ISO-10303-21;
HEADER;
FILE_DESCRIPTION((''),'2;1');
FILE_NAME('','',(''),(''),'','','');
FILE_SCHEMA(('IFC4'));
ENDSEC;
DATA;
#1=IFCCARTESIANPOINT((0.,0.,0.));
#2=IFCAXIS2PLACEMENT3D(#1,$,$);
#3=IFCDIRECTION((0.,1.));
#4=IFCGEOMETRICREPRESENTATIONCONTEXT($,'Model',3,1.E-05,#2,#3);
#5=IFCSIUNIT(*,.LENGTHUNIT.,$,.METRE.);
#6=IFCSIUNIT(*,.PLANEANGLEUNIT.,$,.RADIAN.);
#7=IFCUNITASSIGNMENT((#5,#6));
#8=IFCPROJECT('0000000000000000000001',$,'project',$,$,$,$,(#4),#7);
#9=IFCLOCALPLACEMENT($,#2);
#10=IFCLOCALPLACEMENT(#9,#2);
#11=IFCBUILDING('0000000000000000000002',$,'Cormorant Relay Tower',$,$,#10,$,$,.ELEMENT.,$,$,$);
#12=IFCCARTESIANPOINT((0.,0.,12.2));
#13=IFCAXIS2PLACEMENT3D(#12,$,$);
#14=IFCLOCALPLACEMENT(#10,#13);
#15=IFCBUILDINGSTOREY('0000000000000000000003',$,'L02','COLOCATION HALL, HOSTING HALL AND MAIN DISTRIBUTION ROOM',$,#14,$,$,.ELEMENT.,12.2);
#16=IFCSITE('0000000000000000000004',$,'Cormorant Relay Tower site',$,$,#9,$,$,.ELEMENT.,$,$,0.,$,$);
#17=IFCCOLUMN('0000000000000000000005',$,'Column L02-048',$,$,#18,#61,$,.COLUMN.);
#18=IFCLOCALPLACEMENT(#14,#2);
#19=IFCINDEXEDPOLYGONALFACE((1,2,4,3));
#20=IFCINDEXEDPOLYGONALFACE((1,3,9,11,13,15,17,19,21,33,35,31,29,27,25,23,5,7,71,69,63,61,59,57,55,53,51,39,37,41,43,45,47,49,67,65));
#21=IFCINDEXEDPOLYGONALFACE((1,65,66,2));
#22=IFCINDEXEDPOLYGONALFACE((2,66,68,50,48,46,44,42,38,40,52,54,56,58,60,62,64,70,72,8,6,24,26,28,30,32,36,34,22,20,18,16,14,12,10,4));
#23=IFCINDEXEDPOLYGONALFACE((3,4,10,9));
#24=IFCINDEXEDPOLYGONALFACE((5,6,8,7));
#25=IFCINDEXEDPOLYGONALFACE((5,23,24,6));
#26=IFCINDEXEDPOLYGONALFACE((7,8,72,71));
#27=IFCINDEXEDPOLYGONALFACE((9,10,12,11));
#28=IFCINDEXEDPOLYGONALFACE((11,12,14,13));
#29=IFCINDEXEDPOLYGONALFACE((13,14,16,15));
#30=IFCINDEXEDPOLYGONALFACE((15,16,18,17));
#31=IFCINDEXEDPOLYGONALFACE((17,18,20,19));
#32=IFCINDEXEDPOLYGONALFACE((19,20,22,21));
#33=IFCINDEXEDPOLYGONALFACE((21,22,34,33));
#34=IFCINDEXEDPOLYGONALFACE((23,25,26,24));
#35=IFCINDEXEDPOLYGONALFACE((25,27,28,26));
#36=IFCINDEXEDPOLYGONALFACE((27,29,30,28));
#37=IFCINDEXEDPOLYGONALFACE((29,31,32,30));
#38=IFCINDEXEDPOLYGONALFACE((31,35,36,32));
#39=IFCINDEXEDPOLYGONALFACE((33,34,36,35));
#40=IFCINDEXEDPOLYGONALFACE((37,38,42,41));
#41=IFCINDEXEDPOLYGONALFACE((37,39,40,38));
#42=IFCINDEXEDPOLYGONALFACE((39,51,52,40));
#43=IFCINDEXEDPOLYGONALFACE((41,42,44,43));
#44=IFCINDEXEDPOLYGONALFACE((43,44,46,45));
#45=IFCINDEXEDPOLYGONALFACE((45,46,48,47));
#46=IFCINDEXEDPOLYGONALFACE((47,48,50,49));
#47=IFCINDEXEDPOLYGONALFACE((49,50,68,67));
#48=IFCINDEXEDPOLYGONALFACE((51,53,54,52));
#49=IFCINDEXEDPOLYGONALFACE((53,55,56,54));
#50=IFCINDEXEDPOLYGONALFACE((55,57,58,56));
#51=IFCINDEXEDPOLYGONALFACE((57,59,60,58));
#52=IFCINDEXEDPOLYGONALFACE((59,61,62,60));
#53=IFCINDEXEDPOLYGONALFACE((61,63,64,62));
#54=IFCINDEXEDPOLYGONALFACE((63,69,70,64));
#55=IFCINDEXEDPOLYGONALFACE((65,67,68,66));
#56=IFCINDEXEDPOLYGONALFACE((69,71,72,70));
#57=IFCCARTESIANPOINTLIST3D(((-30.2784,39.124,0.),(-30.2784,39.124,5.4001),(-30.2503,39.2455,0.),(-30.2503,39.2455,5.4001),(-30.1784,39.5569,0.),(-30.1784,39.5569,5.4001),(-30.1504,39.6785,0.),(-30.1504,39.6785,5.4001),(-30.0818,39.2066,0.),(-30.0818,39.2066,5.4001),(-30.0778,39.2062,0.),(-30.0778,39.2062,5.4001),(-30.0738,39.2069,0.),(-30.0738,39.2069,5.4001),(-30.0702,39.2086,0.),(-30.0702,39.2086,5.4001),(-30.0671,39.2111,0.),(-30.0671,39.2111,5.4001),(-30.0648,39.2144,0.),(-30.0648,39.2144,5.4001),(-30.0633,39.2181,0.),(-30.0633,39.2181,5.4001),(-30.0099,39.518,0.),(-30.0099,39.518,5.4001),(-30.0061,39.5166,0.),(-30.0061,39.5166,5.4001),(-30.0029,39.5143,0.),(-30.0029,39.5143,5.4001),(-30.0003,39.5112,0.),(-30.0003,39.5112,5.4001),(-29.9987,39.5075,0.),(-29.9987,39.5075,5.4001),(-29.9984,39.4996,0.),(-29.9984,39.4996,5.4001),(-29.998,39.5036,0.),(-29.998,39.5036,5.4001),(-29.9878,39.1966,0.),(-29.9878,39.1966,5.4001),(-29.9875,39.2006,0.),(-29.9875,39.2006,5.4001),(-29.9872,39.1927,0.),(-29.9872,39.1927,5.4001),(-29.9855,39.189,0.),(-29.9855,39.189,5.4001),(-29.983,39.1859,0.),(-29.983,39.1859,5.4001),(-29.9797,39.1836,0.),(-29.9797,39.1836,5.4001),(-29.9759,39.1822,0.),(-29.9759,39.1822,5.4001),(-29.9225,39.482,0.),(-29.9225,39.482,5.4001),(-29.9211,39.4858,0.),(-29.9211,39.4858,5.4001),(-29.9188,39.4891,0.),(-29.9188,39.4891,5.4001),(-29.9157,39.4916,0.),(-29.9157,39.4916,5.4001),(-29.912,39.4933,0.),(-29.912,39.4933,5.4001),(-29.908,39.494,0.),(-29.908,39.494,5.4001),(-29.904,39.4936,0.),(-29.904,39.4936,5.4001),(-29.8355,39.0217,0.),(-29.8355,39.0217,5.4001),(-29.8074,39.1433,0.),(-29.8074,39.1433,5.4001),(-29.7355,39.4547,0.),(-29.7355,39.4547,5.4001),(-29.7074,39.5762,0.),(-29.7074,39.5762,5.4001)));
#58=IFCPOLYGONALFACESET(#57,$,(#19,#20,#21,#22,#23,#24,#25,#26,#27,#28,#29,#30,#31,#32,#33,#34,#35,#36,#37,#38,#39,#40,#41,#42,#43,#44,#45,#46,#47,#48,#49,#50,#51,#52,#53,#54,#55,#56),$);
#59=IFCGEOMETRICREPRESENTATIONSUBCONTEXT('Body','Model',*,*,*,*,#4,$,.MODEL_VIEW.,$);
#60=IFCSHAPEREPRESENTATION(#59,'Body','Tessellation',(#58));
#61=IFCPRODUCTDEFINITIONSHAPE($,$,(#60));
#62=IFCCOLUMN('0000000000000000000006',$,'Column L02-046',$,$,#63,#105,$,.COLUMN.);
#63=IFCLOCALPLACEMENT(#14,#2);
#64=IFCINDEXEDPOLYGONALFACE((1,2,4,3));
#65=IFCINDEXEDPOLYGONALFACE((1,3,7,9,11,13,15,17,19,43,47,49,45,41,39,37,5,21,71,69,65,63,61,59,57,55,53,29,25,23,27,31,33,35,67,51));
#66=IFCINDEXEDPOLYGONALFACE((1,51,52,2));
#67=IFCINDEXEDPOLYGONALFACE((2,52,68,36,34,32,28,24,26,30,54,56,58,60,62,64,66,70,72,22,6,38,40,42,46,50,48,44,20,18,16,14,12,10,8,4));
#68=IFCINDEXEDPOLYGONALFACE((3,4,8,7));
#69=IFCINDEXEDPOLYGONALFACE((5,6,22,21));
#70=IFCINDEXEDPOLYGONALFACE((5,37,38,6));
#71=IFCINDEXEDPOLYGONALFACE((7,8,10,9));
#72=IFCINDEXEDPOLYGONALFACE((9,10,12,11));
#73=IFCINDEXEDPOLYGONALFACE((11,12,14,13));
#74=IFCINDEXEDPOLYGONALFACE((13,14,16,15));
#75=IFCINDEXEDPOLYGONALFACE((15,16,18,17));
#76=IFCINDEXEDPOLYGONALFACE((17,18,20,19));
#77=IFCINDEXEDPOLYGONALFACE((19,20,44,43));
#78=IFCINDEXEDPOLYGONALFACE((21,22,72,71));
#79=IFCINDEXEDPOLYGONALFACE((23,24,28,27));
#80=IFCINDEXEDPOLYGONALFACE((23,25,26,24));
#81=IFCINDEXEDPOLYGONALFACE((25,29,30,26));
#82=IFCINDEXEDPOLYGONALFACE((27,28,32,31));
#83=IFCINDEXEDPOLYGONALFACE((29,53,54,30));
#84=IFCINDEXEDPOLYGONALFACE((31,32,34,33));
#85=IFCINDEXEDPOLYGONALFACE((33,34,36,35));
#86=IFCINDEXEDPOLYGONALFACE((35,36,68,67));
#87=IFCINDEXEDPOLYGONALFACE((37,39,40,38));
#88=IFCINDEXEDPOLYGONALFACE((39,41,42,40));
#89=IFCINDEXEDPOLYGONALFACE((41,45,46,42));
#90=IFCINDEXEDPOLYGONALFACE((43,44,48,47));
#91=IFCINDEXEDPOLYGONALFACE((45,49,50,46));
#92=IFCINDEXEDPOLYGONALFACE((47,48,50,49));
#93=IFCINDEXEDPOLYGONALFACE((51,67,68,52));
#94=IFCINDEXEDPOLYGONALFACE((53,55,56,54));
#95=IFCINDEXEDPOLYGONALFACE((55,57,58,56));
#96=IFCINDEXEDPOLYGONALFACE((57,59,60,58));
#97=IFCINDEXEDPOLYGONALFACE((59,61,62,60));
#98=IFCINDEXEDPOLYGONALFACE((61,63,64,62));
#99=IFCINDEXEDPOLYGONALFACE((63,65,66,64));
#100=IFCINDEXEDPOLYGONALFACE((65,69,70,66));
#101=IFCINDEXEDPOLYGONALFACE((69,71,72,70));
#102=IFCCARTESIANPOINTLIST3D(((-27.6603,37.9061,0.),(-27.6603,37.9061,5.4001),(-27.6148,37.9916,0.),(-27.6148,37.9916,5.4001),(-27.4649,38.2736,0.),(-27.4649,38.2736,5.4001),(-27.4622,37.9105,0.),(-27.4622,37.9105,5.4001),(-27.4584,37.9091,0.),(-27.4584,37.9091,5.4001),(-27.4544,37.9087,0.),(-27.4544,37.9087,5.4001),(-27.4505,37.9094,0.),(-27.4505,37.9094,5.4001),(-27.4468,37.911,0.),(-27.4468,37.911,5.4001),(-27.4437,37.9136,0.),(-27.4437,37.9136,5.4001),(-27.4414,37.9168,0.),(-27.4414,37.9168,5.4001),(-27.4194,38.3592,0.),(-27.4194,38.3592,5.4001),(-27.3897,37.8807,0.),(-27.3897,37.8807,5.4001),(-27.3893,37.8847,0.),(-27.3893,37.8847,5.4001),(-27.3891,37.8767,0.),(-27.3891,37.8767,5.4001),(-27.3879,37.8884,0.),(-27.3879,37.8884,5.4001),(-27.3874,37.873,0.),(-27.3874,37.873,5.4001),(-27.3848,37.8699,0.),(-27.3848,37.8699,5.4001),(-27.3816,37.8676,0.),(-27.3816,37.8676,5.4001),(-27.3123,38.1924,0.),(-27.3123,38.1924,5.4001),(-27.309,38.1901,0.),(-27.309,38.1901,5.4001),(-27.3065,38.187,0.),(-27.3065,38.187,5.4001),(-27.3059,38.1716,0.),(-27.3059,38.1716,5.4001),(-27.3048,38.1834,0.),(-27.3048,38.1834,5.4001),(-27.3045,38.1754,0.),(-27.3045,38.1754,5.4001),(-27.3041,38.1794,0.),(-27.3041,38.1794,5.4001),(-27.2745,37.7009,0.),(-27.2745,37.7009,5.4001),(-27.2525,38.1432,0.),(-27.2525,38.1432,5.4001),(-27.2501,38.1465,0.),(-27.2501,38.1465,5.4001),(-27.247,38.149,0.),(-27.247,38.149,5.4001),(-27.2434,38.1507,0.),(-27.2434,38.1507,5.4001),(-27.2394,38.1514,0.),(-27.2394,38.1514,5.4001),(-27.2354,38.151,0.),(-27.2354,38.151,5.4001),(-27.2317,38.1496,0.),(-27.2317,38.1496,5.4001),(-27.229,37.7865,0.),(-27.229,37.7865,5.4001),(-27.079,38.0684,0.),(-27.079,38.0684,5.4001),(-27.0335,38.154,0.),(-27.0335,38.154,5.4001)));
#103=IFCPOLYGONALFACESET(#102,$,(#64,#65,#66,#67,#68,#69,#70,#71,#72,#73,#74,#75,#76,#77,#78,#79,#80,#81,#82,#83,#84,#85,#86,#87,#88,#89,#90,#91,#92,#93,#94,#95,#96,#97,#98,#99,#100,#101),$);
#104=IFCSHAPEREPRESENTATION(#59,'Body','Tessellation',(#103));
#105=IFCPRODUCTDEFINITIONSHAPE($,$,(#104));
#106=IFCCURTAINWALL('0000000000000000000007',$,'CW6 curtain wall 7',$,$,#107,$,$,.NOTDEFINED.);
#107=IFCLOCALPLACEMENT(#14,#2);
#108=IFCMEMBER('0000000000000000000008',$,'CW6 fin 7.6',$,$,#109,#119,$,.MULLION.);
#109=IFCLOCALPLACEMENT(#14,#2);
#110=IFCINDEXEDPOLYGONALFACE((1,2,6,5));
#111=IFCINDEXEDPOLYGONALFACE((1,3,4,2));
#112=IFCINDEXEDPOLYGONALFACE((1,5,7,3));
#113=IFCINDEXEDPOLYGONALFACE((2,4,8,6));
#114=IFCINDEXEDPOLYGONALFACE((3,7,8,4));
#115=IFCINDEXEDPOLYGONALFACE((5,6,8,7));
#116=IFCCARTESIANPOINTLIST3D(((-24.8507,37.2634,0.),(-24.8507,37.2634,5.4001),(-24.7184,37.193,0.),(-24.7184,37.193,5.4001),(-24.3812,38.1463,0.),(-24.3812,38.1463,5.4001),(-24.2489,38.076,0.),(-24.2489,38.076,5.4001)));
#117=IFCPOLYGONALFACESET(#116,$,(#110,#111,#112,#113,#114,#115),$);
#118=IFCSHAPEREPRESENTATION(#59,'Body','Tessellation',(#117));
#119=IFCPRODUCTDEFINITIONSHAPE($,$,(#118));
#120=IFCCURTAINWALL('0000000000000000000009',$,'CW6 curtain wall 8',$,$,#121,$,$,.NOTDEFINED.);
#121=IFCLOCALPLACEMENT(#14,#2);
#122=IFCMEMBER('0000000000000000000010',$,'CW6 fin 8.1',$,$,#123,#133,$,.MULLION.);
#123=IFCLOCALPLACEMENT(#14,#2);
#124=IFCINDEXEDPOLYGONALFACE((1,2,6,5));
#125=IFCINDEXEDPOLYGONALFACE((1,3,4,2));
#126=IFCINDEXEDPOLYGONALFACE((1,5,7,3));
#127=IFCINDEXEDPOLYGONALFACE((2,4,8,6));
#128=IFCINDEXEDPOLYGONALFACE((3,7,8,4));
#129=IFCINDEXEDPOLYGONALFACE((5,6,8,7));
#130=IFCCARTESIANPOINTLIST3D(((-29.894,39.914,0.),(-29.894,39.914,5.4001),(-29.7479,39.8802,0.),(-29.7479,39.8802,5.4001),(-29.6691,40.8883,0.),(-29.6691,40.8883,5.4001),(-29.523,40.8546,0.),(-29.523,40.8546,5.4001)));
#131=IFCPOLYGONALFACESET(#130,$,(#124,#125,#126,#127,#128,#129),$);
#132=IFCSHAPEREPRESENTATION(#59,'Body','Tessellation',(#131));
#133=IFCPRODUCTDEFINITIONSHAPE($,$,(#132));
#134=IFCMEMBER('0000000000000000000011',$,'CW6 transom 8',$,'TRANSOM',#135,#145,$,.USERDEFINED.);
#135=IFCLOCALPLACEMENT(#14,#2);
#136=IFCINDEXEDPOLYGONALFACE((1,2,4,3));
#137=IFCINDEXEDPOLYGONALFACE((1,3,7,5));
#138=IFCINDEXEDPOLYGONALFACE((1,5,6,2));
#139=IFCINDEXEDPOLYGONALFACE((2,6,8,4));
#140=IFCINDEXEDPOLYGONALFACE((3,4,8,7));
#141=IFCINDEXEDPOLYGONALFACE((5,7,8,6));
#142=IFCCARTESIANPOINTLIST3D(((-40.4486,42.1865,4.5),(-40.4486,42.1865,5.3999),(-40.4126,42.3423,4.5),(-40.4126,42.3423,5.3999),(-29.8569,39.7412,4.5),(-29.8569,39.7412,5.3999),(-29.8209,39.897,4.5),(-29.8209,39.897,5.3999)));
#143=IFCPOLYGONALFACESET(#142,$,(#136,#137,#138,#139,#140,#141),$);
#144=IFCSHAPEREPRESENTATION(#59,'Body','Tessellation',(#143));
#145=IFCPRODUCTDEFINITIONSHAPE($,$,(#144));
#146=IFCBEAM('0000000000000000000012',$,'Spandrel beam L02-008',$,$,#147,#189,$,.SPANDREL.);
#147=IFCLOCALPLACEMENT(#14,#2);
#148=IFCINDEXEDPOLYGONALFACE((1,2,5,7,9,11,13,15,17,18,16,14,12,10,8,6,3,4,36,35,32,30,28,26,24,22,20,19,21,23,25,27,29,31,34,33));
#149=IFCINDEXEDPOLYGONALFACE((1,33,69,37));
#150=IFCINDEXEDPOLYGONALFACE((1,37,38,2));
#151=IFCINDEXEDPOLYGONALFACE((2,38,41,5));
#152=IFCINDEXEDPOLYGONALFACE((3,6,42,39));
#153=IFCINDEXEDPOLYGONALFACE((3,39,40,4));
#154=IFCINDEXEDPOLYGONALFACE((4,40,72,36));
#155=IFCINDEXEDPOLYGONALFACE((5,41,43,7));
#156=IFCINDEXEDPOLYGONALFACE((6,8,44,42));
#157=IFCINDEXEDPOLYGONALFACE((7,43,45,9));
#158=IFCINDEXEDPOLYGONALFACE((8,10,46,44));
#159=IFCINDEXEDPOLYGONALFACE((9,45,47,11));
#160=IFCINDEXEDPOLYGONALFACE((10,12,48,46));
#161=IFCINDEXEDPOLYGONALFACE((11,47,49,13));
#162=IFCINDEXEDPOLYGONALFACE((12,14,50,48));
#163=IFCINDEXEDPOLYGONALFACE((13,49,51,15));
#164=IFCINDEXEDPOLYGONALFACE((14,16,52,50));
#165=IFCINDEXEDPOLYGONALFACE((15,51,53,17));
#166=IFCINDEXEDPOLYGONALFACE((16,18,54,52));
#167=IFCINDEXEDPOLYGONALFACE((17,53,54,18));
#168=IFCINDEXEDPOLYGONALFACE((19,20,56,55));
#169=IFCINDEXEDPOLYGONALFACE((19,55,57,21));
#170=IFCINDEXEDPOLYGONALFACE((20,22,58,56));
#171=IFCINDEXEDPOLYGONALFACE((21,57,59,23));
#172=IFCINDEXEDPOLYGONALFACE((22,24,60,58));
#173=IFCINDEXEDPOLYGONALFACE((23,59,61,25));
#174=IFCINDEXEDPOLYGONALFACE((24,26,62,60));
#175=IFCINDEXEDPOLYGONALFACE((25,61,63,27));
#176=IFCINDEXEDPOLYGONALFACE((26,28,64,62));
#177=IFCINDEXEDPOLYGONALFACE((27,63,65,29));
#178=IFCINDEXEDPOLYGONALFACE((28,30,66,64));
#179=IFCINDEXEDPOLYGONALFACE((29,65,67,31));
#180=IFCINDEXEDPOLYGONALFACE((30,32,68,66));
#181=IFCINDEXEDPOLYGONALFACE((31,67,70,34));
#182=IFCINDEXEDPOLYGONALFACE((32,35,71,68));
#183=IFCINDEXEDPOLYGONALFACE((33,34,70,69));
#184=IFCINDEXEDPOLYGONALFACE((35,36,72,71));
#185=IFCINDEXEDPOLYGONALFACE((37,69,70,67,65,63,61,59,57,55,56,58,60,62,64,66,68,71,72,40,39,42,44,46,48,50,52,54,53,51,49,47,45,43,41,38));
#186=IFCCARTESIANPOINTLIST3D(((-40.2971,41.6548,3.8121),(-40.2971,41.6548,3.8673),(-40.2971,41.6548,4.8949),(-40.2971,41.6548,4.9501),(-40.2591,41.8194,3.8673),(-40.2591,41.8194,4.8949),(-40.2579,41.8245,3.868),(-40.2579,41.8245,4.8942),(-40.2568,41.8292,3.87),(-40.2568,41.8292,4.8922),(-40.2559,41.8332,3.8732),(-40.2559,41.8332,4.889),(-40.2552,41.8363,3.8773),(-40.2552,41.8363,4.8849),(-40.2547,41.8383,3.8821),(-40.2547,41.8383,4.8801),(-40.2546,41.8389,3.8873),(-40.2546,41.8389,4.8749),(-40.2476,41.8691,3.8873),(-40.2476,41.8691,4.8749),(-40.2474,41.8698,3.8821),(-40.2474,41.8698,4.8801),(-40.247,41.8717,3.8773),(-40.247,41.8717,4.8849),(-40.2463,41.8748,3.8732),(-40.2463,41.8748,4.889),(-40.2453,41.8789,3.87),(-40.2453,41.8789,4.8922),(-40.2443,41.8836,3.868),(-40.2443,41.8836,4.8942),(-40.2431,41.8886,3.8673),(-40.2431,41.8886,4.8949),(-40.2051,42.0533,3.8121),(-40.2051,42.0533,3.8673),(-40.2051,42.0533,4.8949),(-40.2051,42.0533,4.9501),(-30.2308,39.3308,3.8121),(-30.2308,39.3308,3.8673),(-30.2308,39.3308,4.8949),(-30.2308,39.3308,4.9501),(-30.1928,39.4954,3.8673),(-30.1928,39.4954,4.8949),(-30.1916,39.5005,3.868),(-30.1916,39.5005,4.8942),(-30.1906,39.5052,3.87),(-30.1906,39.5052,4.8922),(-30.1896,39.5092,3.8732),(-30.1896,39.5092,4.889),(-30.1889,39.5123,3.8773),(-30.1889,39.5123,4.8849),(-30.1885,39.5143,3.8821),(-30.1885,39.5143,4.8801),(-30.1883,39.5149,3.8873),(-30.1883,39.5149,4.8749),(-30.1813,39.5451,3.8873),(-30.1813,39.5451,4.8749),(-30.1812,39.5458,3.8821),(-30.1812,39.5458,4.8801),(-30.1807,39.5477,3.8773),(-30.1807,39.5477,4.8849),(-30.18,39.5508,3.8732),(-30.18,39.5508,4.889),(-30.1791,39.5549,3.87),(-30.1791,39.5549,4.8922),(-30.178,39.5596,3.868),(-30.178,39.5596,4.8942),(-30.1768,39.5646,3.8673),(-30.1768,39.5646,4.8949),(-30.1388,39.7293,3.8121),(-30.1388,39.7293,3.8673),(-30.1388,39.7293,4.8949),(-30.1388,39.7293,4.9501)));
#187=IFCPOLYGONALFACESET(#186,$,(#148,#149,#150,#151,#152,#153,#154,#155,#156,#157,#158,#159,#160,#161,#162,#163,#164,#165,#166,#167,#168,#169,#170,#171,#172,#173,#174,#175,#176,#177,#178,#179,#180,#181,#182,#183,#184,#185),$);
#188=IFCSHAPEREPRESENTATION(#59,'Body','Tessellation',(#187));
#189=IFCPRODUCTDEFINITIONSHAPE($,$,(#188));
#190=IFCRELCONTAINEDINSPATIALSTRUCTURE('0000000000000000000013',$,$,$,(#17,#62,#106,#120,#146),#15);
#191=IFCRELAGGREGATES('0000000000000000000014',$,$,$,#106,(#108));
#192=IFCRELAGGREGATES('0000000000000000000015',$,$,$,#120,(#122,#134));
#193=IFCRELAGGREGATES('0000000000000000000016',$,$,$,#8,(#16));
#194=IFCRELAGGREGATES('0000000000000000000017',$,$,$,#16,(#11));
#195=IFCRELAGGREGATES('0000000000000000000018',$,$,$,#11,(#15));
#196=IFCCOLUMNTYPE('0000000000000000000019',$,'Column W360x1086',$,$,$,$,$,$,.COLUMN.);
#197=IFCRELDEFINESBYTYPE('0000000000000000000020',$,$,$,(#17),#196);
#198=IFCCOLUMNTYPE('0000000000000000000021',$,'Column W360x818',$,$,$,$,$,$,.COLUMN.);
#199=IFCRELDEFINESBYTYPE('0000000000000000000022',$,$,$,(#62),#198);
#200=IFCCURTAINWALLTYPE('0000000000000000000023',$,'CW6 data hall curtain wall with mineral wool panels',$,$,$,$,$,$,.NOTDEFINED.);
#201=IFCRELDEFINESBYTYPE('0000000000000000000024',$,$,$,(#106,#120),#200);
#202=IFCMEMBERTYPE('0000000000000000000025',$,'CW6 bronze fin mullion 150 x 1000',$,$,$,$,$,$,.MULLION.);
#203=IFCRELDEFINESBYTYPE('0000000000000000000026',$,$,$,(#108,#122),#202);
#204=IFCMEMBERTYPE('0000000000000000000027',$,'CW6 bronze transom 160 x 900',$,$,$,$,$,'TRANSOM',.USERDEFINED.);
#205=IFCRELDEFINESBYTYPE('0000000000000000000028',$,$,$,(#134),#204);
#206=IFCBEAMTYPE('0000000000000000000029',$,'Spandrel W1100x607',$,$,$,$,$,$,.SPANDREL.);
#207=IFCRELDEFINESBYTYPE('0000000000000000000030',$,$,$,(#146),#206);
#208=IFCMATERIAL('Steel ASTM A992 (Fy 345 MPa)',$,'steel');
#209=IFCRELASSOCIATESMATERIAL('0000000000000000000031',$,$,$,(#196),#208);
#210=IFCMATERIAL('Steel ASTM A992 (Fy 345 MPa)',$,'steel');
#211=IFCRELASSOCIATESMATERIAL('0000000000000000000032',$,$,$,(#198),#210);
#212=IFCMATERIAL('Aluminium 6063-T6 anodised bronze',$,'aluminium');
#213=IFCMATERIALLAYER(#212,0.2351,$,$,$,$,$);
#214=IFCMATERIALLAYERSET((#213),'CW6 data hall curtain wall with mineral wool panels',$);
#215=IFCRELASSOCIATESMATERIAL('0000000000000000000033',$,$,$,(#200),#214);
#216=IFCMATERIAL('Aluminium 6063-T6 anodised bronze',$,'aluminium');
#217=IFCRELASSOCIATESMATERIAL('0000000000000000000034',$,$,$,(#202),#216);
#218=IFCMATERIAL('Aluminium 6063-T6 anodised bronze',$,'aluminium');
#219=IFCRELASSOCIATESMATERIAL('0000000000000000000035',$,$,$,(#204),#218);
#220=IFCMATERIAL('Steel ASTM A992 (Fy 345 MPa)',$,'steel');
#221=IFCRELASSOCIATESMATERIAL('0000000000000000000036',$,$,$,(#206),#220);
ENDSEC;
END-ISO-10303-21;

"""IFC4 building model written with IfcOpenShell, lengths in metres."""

from ifc_helpers import new_model, si_unit, direction, frame, origin, origin_2d, place, context, subcontext, project, spatial, rectangle, i_section, extrude, material, layer, layer_set, material_profile, profile_set, type_object, element, aggregate, save


model = new_model("IFC4")

# Units and contexts
model_context = context("Model", 3, precision=1e-05, world=origin(), true_north=direction((0.0, 1.0)))
body_context = subcontext(model_context, "Body", "Model", "MODEL_VIEW")
ifc_project = project(units=[si_unit("LENGTHUNIT", "METRE"), si_unit("PLANEANGLEUNIT", "RADIAN")], contexts=[model_context])

# Site, building, storey
site_placement = place(None, origin())
site = spatial("IfcSite", under=ifc_project, at=site_placement, Name="Cormorant Relay Tower site", CompositionType="ELEMENT", RefElevation=0.0)
building_placement = place(site_placement, origin())
building = spatial("IfcBuilding", under=site, at=building_placement, Name="Cormorant Relay Tower", CompositionType="ELEMENT")
storey_placement = place(building_placement, frame((0.0, 0.0, 12.2)))
storey = spatial("IfcBuildingStorey", under=building, at=storey_placement, Name="L02", Description="COLOCATION HALL, HOSTING HALL AND MAIN DISTRIBUTION ROOM", CompositionType="ELEMENT", Elevation=12.2)

# Columns
ifc_material_1 = material(Name="Steel ASTM A992 (Fy 345 MPa)", Category="steel")
ifc_material_profile_1 = material_profile(ifc_material_1, i_section(OverallWidth=0.4546, OverallDepth=0.5691, WebThickness=0.0779, FlangeThickness=0.1248, FilletRadius=0.0154, at=origin_2d()), Name="W360x1086")
ifc_profile_set_1 = profile_set([ifc_material_profile_1], Name="Steel ASTM A992 (Fy 345 MPa)")
column_type_1 = type_object("IfcColumnType", Name="Column W360x1086", PredefinedType="COLUMN", material=ifc_profile_set_1)
column_1_placement = place(storey_placement, frame((-29.9929, 39.3501, 0.0), z_axis=(0.0, 0.0, 1.0), x_axis=(-0.97437, 0.224951, 0.0)))
element("IfcColumn", 1, at=column_1_placement, inside=storey, type_object=column_type_1, Name="Column L02-048", PredefinedType="COLUMN", context=body_context, shape_type="SweptSolid", body=[
    extrude(i_section(OverallWidth=0.4546, OverallDepth=0.5691, WebThickness=0.0779, FlangeThickness=0.1248, FilletRadius=0.0154, at=origin_2d()), origin(), (0.0, 0.0, 1.0), 5.4001),
])
ifc_material_2 = material(Name="Steel ASTM A992 (Fy 345 MPa)", Category="steel")
ifc_material_profile_2 = material_profile(ifc_material_2, i_section(OverallWidth=0.437, OverallDepth=0.5132, WebThickness=0.0605, FlangeThickness=0.0969, FilletRadius=0.0154, at=origin_2d()), Name="W360x818")
ifc_profile_set_2 = profile_set([ifc_material_profile_2], Name="Steel ASTM A992 (Fy 345 MPa)")
column_type_2 = type_object("IfcColumnType", Name="Column W360x818", PredefinedType="COLUMN", material=ifc_profile_set_2)
column_2_placement = place(storey_placement, frame((-27.3469, 38.03, 0.0), z_axis=(0.0, 0.0, 1.0), x_axis=(-0.882948, 0.469472, 0.0)))
element("IfcColumn", 2, at=column_2_placement, inside=storey, type_object=column_type_2, Name="Column L02-046", PredefinedType="COLUMN", context=body_context, shape_type="SweptSolid", body=[
    extrude(i_section(OverallWidth=0.437, OverallDepth=0.5132, WebThickness=0.0605, FlangeThickness=0.0969, FilletRadius=0.0154, at=origin_2d()), origin(), (0.0, 0.0, 1.0), 5.4001),
])

# Curtain wall, member
ifc_material_3 = material(Name="Aluminium 6063-T6 anodised bronze", Category="aluminium")
ifc_layer_1 = layer(ifc_material_3, 0.2351)
ifc_layer_set_1 = layer_set([ifc_layer_1], Name="CW6 data hall curtain wall with mineral wool panels")
curtain_wall_type = type_object("IfcCurtainWallType", Name="CW6 data hall curtain wall with mineral wool panels", PredefinedType="NOTDEFINED", material=ifc_layer_set_1)
curtain_wall_1_placement = place(storey_placement, origin())
curtain_wall_1 = element("IfcCurtainWall", 3, at=curtain_wall_1_placement, inside=storey, type_object=curtain_wall_type, Name="CW6 curtain wall 7", PredefinedType="NOTDEFINED")
ifc_material_4 = material(Name="Aluminium 6063-T6 anodised bronze", Category="aluminium")
ifc_material_profile_3 = material_profile(ifc_material_4, rectangle(XDim=0.1499, YDim=1.0, at=origin_2d()), Name="AL 150x1000")
ifc_profile_set_3 = profile_set([ifc_material_profile_3], Name="Aluminium 6063-T6 anodised bronze")
member_type_1 = type_object("IfcMemberType", Name="CW6 bronze fin mullion 150 x 1000", PredefinedType="MULLION", material=ifc_profile_set_3)
member_1_placement = place(storey_placement, frame((-24.5498, 37.6697, 0.0), z_axis=(0.0, 0.0, 1.0), x_axis=(-0.882948, 0.469472, 0.0)))
member_1 = element("IfcMember", 4, at=member_1_placement, type_object=member_type_1, Name="CW6 fin 7.6", PredefinedType="MULLION", context=body_context, shape_type="SweptSolid", body=[
    extrude(rectangle(XDim=0.1499, YDim=1.0, at=origin_2d()), origin(), (0.0, 0.0, 1.0), 5.4001),
])

# Curtain wall, members
curtain_wall_2_placement = place(storey_placement, origin())
curtain_wall_2 = element("IfcCurtainWall", 5, at=curtain_wall_2_placement, inside=storey, type_object=curtain_wall_type, Name="CW6 curtain wall 8", PredefinedType="NOTDEFINED")
member_2_placement = place(storey_placement, frame((-29.7085, 40.3843, 0.0), z_axis=(0.0, 0.0, 1.0), x_axis=(-0.97437, 0.224951, 0.0)))
member_2 = element("IfcMember", 6, at=member_2_placement, type_object=member_type_1, Name="CW6 fin 8.1", PredefinedType="MULLION", context=body_context, shape_type="SweptSolid", body=[
    extrude(rectangle(XDim=0.1499, YDim=1.0, at=origin_2d()), origin(), (0.0, 0.0, 1.0), 5.4001),
])
ifc_material_5 = material(Name="Aluminium 6063-T6 anodised bronze", Category="aluminium")
ifc_material_profile_4 = material_profile(ifc_material_5, rectangle(XDim=0.1599, YDim=0.8999, at=origin_2d()), Name="AL 160x900")
ifc_profile_set_4 = profile_set([ifc_material_profile_4], Name="Aluminium 6063-T6 anodised bronze")
member_type_2 = type_object("IfcMemberType", Name="CW6 bronze transom 160 x 900", ElementType="TRANSOM", PredefinedType="USERDEFINED", material=ifc_profile_set_4)
member_3_placement = place(storey_placement, frame((-29.8389, 39.8191, 4.95), z_axis=(-0.97437, 0.224951, 0.0), x_axis=(-0.224951, -0.97437, 0.0)))
member_3 = element("IfcMember", 7, at=member_3_placement, type_object=member_type_2, Name="CW6 transom 8", ObjectType="TRANSOM", PredefinedType="USERDEFINED", context=body_context, shape_type="SweptSolid", body=[
    extrude(rectangle(XDim=0.1599, YDim=0.8999, at=origin_2d()), origin(), (0.0, 0.0, 1.0), 10.8704),
])

# Beam
ifc_material_6 = material(Name="Steel ASTM A992 (Fy 345 MPa)", Category="steel")
ifc_material_profile_5 = material_profile(ifc_material_6, i_section(OverallWidth=0.4089, OverallDepth=1.1379, WebThickness=0.031, FlangeThickness=0.0552, FilletRadius=0.02, at=origin_2d()), Name="W1100x607")
ifc_profile_set_5 = profile_set([ifc_material_profile_5], Name="Steel ASTM A992 (Fy 345 MPa)")
beam_type = type_object("IfcBeamType", Name="Spandrel W1100x607", PredefinedType="SPANDREL", material=ifc_profile_set_5)
beam_placement = place(storey_placement, frame((-30.1848, 39.53, 4.3811), z_axis=(-0.97437, 0.224953, 0.0), x_axis=(-0.224953, -0.97437, 0.0)))
element("IfcBeam", 8, at=beam_placement, inside=storey, type_object=beam_type, Name="Spandrel beam L02-008", PredefinedType="SPANDREL", context=body_context, shape_type="SweptSolid", body=[
    extrude(i_section(OverallWidth=0.4089, OverallDepth=1.1379, WebThickness=0.031, FlangeThickness=0.0552, FilletRadius=0.02, at=origin_2d()), origin(), (0.0, 0.0, 1.0), 10.3311),
])

aggregate(curtain_wall_1, [member_1])
aggregate(curtain_wall_2, [member_2, member_3])

save(model, "model.ifc")
